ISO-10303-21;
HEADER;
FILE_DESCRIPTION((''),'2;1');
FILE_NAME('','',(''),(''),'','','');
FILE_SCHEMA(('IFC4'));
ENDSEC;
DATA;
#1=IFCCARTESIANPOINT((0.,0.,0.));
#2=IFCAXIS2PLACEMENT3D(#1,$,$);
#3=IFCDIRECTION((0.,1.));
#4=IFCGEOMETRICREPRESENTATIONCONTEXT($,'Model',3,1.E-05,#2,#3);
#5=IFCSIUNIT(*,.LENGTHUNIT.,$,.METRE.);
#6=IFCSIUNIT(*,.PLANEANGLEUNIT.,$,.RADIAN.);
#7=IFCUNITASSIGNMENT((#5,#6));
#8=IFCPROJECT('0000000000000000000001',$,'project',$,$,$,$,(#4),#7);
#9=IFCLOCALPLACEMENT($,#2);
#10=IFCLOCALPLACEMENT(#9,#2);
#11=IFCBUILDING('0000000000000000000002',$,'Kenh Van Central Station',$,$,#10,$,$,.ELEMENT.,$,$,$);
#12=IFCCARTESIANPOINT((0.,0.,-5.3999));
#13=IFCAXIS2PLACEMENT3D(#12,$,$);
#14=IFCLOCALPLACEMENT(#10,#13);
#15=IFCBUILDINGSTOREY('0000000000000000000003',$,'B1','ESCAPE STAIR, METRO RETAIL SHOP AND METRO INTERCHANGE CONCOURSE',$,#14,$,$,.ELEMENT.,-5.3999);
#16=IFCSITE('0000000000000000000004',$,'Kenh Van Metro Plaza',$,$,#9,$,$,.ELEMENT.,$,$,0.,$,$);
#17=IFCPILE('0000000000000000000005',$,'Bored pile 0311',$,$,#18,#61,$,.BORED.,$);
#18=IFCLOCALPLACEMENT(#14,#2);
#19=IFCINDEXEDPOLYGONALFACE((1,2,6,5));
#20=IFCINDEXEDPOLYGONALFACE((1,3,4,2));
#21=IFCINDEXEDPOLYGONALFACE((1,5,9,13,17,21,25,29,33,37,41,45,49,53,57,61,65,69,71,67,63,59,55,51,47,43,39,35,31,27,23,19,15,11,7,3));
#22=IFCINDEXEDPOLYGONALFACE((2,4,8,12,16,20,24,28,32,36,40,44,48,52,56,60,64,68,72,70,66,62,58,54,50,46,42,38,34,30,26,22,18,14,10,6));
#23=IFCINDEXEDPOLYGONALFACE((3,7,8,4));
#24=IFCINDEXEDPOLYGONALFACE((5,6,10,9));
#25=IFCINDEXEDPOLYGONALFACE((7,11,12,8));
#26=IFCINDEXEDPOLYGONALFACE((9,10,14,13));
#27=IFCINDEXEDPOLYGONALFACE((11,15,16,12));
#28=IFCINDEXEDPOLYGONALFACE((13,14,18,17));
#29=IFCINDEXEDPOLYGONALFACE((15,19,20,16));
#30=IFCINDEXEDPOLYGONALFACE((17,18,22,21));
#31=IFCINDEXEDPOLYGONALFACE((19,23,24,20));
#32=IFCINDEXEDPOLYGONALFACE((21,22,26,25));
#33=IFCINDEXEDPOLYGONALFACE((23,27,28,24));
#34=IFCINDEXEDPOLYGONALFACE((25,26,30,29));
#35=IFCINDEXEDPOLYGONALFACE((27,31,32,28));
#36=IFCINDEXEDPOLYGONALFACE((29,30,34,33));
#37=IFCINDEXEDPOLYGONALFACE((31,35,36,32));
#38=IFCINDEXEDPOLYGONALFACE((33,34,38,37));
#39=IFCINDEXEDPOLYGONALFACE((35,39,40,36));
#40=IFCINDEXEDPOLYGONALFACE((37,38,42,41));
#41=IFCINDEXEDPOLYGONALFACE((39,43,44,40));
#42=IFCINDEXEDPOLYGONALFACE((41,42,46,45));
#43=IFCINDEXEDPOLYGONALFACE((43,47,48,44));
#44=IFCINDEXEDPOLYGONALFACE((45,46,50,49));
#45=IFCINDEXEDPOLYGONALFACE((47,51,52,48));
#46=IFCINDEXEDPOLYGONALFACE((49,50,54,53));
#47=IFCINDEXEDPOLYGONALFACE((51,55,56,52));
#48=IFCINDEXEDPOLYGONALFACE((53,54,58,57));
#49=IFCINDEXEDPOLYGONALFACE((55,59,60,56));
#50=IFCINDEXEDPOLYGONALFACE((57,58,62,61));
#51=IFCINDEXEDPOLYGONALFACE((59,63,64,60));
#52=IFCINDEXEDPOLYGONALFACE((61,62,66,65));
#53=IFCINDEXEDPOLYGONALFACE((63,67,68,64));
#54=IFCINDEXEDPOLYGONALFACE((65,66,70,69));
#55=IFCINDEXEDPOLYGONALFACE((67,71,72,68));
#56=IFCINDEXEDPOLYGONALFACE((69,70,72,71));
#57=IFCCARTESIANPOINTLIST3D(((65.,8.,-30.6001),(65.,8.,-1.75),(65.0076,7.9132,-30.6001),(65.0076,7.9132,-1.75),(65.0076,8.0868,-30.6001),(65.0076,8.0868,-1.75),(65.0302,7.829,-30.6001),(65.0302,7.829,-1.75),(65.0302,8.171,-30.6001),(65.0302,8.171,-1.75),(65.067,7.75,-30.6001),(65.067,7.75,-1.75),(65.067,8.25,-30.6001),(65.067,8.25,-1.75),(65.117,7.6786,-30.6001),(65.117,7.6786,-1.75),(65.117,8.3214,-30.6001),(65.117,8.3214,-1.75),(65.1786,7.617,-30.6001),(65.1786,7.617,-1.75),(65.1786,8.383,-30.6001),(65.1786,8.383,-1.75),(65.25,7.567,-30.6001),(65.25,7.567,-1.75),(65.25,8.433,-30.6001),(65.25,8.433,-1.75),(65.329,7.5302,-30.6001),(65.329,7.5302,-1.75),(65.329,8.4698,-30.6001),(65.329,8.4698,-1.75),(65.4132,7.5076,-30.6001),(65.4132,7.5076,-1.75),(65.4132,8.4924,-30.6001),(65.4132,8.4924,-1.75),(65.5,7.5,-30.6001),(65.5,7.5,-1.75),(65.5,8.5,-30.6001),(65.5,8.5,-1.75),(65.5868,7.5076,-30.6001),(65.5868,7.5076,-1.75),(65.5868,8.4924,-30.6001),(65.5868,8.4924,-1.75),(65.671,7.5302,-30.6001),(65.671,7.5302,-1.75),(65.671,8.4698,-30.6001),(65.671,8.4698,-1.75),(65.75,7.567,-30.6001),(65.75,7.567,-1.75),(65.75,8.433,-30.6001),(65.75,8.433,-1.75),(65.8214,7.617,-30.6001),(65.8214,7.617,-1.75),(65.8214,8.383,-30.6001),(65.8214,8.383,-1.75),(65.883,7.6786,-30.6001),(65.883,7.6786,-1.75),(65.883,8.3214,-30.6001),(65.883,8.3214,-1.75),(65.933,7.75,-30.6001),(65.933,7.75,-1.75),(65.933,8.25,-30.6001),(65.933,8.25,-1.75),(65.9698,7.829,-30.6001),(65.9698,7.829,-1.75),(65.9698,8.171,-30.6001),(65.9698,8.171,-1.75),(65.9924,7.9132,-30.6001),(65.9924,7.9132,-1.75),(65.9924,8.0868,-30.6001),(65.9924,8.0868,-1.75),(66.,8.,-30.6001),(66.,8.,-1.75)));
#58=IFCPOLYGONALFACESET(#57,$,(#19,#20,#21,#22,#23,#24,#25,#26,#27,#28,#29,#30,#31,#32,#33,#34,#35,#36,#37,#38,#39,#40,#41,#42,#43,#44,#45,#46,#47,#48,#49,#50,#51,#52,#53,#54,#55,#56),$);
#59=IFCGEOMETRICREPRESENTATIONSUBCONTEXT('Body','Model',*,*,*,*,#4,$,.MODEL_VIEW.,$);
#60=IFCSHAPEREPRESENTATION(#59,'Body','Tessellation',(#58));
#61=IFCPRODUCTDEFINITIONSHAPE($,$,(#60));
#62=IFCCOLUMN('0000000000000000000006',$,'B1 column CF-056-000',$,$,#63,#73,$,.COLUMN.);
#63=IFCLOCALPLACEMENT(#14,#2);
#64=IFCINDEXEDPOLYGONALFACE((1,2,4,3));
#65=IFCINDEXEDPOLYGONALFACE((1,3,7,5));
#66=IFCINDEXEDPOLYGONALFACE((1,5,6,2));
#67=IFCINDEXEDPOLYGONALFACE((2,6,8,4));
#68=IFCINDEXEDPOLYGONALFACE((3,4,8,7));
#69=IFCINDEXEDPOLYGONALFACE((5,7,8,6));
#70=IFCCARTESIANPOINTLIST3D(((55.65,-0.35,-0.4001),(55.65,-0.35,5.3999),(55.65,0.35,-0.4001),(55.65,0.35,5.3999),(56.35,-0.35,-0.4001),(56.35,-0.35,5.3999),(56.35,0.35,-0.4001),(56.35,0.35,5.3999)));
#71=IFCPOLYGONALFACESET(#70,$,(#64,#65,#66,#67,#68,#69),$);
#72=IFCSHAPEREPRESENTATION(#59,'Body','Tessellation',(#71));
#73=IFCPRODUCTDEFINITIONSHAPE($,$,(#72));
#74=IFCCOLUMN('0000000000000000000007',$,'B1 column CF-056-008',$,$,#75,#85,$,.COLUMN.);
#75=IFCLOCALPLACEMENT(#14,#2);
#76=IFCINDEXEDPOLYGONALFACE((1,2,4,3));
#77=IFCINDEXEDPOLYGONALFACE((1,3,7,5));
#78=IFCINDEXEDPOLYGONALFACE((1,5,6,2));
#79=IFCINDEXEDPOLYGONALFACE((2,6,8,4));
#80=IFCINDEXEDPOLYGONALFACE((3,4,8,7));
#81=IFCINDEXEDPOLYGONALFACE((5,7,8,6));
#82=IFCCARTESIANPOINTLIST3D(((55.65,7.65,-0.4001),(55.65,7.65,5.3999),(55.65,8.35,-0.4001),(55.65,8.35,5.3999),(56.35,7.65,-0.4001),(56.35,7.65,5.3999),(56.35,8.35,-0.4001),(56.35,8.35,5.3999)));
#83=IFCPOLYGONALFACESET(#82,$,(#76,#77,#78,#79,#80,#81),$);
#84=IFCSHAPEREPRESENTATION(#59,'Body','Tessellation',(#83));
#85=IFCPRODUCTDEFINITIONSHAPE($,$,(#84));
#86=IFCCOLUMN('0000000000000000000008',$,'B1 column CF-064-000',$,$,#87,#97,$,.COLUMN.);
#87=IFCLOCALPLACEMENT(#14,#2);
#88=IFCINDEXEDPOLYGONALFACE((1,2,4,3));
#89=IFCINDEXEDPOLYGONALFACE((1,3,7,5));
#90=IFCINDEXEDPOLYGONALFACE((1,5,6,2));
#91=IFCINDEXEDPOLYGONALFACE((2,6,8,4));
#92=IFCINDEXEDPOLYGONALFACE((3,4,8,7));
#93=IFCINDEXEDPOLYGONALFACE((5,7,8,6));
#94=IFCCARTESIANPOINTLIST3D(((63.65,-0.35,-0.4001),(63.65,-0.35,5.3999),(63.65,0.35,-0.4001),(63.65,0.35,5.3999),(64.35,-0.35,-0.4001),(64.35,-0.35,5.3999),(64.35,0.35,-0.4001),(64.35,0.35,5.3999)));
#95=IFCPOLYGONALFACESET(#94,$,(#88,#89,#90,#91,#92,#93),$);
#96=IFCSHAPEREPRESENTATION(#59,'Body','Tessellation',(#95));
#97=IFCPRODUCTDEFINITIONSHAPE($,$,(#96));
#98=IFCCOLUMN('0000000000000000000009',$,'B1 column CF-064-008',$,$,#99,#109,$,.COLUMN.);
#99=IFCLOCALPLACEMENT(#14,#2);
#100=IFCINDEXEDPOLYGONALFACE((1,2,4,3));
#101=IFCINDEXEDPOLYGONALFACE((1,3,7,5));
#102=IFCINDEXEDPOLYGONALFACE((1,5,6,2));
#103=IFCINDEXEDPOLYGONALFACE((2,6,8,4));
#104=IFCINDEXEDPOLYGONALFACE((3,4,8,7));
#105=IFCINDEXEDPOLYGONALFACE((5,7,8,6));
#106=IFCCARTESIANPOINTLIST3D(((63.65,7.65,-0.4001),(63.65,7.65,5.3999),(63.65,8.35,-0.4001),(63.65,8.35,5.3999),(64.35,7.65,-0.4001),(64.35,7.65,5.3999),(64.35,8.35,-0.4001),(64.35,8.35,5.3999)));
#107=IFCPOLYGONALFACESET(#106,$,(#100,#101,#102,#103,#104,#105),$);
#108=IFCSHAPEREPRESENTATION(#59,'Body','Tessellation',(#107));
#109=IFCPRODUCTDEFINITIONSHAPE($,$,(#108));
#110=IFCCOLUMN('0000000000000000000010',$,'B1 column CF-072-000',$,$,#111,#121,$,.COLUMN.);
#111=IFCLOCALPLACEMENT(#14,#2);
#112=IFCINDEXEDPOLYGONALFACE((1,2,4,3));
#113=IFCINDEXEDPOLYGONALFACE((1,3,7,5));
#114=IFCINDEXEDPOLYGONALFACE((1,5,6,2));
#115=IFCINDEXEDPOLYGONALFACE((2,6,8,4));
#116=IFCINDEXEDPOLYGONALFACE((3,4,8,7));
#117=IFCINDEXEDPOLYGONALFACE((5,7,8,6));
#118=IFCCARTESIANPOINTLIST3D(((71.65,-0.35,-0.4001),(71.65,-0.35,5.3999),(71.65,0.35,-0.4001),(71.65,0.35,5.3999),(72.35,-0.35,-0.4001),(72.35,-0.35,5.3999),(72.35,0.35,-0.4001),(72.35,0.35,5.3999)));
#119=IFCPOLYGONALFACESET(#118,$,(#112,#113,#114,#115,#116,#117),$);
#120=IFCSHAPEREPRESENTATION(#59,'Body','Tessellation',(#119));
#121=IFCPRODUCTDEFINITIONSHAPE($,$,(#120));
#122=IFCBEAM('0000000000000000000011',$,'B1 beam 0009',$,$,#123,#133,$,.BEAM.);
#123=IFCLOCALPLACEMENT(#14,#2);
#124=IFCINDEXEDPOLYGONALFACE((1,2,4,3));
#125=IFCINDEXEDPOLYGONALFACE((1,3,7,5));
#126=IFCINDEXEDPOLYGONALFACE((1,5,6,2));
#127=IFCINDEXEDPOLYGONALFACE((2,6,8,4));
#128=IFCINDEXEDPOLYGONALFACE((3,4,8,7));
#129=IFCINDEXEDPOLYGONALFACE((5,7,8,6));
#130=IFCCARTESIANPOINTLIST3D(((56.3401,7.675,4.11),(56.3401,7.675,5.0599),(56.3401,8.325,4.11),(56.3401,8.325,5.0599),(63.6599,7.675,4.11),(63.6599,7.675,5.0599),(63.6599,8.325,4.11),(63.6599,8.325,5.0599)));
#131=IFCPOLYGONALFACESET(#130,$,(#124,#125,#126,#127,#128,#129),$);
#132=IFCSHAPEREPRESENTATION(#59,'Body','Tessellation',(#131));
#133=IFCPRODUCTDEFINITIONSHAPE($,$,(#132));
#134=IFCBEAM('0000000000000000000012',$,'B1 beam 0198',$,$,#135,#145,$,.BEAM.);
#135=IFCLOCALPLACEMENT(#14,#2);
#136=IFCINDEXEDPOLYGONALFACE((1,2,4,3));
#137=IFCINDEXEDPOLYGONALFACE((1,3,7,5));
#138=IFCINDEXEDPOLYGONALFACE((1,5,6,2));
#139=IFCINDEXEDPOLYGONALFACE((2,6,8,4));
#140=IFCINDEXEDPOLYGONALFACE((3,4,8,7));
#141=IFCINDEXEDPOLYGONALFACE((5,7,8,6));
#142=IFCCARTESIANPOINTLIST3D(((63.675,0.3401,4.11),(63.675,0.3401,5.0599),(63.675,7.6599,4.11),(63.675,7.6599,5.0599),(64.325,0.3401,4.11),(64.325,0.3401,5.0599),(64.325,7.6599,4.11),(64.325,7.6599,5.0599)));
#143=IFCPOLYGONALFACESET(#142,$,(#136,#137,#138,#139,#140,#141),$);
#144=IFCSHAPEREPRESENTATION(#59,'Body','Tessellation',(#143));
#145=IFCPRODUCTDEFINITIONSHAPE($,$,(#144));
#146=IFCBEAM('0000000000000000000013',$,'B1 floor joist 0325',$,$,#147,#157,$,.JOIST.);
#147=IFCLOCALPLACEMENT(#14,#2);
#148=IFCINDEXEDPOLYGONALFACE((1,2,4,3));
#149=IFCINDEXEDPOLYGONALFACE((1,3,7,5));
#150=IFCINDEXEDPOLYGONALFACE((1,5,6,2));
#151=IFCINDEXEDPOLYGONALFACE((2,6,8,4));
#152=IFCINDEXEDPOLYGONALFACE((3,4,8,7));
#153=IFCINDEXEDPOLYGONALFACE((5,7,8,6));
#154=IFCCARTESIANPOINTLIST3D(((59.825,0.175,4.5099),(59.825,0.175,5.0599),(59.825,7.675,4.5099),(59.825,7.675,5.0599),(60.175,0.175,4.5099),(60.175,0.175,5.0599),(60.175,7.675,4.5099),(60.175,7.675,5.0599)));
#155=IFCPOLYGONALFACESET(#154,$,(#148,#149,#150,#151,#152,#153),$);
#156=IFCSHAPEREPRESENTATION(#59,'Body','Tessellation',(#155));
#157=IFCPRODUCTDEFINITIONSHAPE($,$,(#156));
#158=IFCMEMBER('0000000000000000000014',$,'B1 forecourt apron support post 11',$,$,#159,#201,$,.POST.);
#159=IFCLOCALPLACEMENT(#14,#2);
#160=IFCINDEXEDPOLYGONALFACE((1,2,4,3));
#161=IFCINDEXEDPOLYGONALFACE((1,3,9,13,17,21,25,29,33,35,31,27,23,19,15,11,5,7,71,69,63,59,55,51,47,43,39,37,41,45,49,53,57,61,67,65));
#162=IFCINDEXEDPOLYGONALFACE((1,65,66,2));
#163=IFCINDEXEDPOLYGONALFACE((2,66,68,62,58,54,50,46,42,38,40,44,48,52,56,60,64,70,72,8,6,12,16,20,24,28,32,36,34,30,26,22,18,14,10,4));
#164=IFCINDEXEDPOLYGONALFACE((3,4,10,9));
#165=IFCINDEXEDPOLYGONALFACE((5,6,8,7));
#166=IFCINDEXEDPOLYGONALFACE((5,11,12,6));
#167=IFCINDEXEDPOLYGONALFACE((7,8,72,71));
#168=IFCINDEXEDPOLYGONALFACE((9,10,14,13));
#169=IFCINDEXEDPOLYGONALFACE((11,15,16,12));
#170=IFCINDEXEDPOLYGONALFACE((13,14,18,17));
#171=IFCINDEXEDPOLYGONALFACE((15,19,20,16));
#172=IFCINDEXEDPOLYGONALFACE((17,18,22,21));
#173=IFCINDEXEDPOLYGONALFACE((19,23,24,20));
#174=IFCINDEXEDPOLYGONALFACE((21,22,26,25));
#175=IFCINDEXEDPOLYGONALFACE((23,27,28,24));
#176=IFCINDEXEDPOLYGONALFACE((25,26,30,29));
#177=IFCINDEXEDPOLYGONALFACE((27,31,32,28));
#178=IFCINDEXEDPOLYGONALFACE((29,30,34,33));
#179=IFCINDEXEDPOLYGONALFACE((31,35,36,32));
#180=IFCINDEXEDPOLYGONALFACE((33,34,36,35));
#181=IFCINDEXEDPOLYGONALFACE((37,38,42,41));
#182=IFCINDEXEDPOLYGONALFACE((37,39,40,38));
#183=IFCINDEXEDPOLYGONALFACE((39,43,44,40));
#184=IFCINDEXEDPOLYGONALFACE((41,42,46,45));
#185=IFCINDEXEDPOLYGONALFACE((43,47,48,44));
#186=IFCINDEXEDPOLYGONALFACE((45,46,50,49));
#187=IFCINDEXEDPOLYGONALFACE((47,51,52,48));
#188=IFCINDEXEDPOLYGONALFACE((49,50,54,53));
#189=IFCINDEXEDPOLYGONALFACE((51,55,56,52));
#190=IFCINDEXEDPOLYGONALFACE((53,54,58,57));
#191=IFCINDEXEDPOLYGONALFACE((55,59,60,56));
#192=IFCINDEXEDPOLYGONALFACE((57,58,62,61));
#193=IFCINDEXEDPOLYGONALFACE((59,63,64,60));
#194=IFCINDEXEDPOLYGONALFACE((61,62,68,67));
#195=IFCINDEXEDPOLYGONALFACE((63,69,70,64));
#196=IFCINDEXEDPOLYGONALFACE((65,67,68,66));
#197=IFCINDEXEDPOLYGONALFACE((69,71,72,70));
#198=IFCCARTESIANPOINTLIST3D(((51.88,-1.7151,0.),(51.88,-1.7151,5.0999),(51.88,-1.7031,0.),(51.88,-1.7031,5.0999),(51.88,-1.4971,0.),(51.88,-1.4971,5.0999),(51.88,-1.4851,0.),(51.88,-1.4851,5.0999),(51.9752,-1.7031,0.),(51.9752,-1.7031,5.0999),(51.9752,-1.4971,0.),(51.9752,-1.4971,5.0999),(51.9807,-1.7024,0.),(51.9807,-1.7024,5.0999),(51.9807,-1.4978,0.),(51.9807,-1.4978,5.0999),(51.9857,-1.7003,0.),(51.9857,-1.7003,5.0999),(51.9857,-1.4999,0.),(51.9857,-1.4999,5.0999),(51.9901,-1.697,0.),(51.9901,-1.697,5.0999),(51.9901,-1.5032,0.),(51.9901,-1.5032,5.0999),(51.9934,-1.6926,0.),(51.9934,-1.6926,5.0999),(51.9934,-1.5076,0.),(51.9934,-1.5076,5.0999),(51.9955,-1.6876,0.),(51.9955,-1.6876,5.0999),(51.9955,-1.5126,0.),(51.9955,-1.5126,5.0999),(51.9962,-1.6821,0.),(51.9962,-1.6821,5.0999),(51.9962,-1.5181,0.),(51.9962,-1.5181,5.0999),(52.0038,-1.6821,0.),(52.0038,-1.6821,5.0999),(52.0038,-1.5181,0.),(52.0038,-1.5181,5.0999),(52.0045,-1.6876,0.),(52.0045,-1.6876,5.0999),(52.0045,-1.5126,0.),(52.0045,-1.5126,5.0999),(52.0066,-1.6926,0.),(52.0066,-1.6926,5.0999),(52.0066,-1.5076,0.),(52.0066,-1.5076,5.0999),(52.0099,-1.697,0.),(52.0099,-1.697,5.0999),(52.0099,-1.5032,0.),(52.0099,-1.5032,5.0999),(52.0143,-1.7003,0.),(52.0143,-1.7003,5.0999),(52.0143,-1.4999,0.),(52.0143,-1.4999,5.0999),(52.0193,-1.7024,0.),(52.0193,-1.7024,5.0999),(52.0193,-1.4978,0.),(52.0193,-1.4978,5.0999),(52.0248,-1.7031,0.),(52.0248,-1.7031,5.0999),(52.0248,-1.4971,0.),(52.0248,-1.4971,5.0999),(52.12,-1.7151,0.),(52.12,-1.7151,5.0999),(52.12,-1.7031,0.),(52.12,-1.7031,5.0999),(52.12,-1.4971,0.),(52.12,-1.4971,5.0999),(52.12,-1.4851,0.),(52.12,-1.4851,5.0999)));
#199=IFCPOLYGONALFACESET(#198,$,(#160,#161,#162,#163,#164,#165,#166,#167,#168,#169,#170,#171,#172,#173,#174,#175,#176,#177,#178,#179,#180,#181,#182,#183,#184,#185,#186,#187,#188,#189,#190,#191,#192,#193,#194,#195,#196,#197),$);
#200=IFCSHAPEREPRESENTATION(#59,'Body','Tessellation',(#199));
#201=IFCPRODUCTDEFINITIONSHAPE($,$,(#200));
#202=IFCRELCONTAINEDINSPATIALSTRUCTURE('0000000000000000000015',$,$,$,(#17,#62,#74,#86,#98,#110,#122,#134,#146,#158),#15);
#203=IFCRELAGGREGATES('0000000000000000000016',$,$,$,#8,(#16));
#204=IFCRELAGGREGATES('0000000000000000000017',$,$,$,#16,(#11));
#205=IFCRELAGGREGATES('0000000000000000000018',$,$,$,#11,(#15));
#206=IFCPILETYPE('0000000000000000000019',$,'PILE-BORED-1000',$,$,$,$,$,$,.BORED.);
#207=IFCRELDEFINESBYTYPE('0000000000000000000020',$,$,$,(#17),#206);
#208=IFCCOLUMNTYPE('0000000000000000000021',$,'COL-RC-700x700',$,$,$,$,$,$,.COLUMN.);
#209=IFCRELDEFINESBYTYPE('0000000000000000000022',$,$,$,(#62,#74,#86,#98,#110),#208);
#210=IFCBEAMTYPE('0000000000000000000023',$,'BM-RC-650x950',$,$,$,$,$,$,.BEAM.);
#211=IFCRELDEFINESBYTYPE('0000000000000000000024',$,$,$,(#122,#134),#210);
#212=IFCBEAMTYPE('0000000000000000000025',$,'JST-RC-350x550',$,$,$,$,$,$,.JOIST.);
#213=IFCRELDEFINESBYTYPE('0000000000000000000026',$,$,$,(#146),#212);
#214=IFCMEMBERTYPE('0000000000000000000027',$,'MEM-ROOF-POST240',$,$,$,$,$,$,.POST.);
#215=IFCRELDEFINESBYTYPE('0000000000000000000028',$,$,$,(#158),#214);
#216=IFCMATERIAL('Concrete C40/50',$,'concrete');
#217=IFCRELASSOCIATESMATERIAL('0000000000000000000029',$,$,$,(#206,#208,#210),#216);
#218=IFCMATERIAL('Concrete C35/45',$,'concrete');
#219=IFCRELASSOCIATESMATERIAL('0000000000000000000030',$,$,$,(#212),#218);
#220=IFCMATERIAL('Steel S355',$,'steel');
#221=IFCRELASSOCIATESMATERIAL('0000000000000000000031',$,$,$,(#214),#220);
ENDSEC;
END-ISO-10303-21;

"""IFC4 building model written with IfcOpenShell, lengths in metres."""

from ifc_helpers import new_model, si_unit, direction, frame, origin, origin_2d, place, context, subcontext, project, spatial, rectangle, circle, i_section, extrude, material, material_profile, profile_set, type_object, element, save


model = new_model("IFC4")

# Units and contexts
model_context = context("Model", 3, precision=1e-05, world=origin(), true_north=direction((0.0, 1.0)))
body_context = subcontext(model_context, "Body", "Model", "MODEL_VIEW")
ifc_project = project(units=[si_unit("LENGTHUNIT", "METRE"), si_unit("PLANEANGLEUNIT", "RADIAN")], contexts=[model_context])

# Site, building, storey
site_placement = place(None, origin())
site = spatial("IfcSite", under=ifc_project, at=site_placement, Name="Kenh Van Metro Plaza", CompositionType="ELEMENT", RefElevation=0.0)
building_placement = place(site_placement, origin())
building = spatial("IfcBuilding", under=site, at=building_placement, Name="Kenh Van Central Station", CompositionType="ELEMENT")
storey_placement = place(building_placement, frame((0.0, 0.0, -5.3999)))
storey = spatial("IfcBuildingStorey", under=building, at=storey_placement, Name="B1", Description="ESCAPE STAIR, METRO RETAIL SHOP AND METRO INTERCHANGE CONCOURSE", CompositionType="ELEMENT", Elevation=-5.3999)

# Shared definitions
ifc_material_1 = material(Name="Concrete C40/50", Category="concrete")

# Pile
ifc_material_profile_1 = material_profile(ifc_material_1, circle(Radius=0.5, at=origin_2d()), Name="PILE D1000")
ifc_profile_set_1 = profile_set([ifc_material_profile_1], Name="Concrete C40/50")
pile_type = type_object("IfcPileType", Name="PILE-BORED-1000", PredefinedType="BORED", material=ifc_profile_set_1)
for number, where, z_axis, x_axis, name in (
    (1, (65.5, 8.0, -1.75), (0.0, 0.0, -1.0), (1.0, 0.0, 0.0), "Bored pile 0311"),
):
    element("IfcPile", number, at=place(storey_placement, frame(where, z_axis=z_axis, x_axis=x_axis)), inside=storey, type_object=pile_type, Name=name, PredefinedType="BORED", context=body_context, shape_type="SweptSolid", body=[
        extrude(circle(Radius=0.5, at=origin_2d()), origin(), (0.0, 0.0, 1.0), 28.8501),
    ])

# Columns
ifc_material_profile_2 = material_profile(ifc_material_1, rectangle(XDim=0.7, YDim=0.7, at=origin_2d()), Name="RC 700x700")
ifc_profile_set_2 = profile_set([ifc_material_profile_2], Name="Concrete C40/50")
column_type = type_object("IfcColumnType", Name="COL-RC-700x700", PredefinedType="COLUMN", material=ifc_profile_set_2)
for number, where, z_axis, x_axis, name in (
    (2, (56.0, 0.0, -0.4001), (0.0, 0.0, 1.0), (1.0, 0.0, 0.0), "B1 column CF-056-000"),
    (3, (56.0, 8.0, -0.4001), (0.0, 0.0, 1.0), (1.0, 0.0, 0.0), "B1 column CF-056-008"),
    (4, (64.0, 0.0, -0.4001), (0.0, 0.0, 1.0), (1.0, 0.0, 0.0), "B1 column CF-064-000"),
    (5, (64.0, 8.0, -0.4001), (0.0, 0.0, 1.0), (1.0, 0.0, 0.0), "B1 column CF-064-008"),
    (6, (72.0, 0.0, -0.4001), (0.0, 0.0, 1.0), (1.0, 0.0, 0.0), "B1 column CF-072-000"),
):
    element("IfcColumn", number, at=place(storey_placement, frame(where, z_axis=z_axis, x_axis=x_axis)), inside=storey, type_object=column_type, Name=name, PredefinedType="COLUMN", context=body_context, shape_type="SweptSolid", body=[
        extrude(rectangle(XDim=0.7, YDim=0.7, at=origin_2d()), origin(), (0.0, 0.0, 1.0), 5.8),
    ])

# Beams
ifc_material_profile_3 = material_profile(ifc_material_1, rectangle(XDim=0.6499, YDim=0.95, at=origin_2d()), Name="RC 650x950")
ifc_profile_set_3 = profile_set([ifc_material_profile_3], Name="Concrete C40/50")
beam_type_1 = type_object("IfcBeamType", Name="BM-RC-650x950", PredefinedType="BEAM", material=ifc_profile_set_3)
for number, where, z_axis, x_axis, name in (
    (7, (56.3401, 8.0, 4.585), (1.0, 0.0, 0.0), (0.0, 1.0, 0.0), "B1 beam 0009"),
    (8, (64.0, 0.3401, 4.585), (0.0, 1.0, 0.0), (-1.0, 0.0, 0.0), "B1 beam 0198"),
):
    element("IfcBeam", number, at=place(storey_placement, frame(where, z_axis=z_axis, x_axis=x_axis)), inside=storey, type_object=beam_type_1, Name=name, PredefinedType="BEAM", context=body_context, shape_type="SweptSolid", body=[
        extrude(rectangle(XDim=0.6499, YDim=0.95, at=origin_2d()), origin(), (0.0, 0.0, 1.0), 7.3198),
    ])
ifc_material_2 = material(Name="Concrete C35/45", Category="concrete")
ifc_material_profile_4 = material_profile(ifc_material_2, rectangle(XDim=0.3501, YDim=0.55, at=origin_2d()), Name="RC 350x550")
ifc_profile_set_4 = profile_set([ifc_material_profile_4], Name="Concrete C35/45")
beam_type_2 = type_object("IfcBeamType", Name="JST-RC-350x550", PredefinedType="JOIST", material=ifc_profile_set_4)
beam_placement = place(storey_placement, frame((60.0, 0.175, 4.7849), z_axis=(0.0, 1.0, 0.0), x_axis=(-1.0, 0.0, 0.0)))
element("IfcBeam", 9, at=beam_placement, inside=storey, type_object=beam_type_2, Name="B1 floor joist 0325", PredefinedType="JOIST", context=body_context, shape_type="SweptSolid", body=[
    extrude(rectangle(XDim=0.3501, YDim=0.55, at=origin_2d()), origin(), (0.0, 0.0, 1.0), 7.5),
])

# Member
ifc_material_3 = material(Name="Steel S355", Category="steel")
ifc_material_profile_5 = material_profile(ifc_material_3, i_section(OverallWidth=0.24, OverallDepth=0.23, WebThickness=0.0076, FlangeThickness=0.012, FilletRadius=0.021, at=origin_2d()), Name="HEA 240")
ifc_profile_set_5 = profile_set([ifc_material_profile_5], Name="Steel S355")
member_type = type_object("IfcMemberType", Name="MEM-ROOF-POST240", PredefinedType="POST", material=ifc_profile_set_5)
for number, where, z_axis, x_axis, name in (
    (10, (52.0, -1.6001, 0.0), (0.0, 0.0, 1.0), (1.0, 0.0, 0.0), "B1 forecourt apron support post 11"),
):
    element("IfcMember", number, at=place(storey_placement, frame(where, z_axis=z_axis, x_axis=x_axis)), inside=storey, type_object=member_type, Name=name, PredefinedType="POST", context=body_context, shape_type="SweptSolid", body=[
        extrude(i_section(OverallWidth=0.24, OverallDepth=0.23, WebThickness=0.0076, FlangeThickness=0.012, FilletRadius=0.021, at=origin_2d()), origin(), (0.0, 0.0, 1.0), 5.0999),
    ])

save(model, "model.ifc")
